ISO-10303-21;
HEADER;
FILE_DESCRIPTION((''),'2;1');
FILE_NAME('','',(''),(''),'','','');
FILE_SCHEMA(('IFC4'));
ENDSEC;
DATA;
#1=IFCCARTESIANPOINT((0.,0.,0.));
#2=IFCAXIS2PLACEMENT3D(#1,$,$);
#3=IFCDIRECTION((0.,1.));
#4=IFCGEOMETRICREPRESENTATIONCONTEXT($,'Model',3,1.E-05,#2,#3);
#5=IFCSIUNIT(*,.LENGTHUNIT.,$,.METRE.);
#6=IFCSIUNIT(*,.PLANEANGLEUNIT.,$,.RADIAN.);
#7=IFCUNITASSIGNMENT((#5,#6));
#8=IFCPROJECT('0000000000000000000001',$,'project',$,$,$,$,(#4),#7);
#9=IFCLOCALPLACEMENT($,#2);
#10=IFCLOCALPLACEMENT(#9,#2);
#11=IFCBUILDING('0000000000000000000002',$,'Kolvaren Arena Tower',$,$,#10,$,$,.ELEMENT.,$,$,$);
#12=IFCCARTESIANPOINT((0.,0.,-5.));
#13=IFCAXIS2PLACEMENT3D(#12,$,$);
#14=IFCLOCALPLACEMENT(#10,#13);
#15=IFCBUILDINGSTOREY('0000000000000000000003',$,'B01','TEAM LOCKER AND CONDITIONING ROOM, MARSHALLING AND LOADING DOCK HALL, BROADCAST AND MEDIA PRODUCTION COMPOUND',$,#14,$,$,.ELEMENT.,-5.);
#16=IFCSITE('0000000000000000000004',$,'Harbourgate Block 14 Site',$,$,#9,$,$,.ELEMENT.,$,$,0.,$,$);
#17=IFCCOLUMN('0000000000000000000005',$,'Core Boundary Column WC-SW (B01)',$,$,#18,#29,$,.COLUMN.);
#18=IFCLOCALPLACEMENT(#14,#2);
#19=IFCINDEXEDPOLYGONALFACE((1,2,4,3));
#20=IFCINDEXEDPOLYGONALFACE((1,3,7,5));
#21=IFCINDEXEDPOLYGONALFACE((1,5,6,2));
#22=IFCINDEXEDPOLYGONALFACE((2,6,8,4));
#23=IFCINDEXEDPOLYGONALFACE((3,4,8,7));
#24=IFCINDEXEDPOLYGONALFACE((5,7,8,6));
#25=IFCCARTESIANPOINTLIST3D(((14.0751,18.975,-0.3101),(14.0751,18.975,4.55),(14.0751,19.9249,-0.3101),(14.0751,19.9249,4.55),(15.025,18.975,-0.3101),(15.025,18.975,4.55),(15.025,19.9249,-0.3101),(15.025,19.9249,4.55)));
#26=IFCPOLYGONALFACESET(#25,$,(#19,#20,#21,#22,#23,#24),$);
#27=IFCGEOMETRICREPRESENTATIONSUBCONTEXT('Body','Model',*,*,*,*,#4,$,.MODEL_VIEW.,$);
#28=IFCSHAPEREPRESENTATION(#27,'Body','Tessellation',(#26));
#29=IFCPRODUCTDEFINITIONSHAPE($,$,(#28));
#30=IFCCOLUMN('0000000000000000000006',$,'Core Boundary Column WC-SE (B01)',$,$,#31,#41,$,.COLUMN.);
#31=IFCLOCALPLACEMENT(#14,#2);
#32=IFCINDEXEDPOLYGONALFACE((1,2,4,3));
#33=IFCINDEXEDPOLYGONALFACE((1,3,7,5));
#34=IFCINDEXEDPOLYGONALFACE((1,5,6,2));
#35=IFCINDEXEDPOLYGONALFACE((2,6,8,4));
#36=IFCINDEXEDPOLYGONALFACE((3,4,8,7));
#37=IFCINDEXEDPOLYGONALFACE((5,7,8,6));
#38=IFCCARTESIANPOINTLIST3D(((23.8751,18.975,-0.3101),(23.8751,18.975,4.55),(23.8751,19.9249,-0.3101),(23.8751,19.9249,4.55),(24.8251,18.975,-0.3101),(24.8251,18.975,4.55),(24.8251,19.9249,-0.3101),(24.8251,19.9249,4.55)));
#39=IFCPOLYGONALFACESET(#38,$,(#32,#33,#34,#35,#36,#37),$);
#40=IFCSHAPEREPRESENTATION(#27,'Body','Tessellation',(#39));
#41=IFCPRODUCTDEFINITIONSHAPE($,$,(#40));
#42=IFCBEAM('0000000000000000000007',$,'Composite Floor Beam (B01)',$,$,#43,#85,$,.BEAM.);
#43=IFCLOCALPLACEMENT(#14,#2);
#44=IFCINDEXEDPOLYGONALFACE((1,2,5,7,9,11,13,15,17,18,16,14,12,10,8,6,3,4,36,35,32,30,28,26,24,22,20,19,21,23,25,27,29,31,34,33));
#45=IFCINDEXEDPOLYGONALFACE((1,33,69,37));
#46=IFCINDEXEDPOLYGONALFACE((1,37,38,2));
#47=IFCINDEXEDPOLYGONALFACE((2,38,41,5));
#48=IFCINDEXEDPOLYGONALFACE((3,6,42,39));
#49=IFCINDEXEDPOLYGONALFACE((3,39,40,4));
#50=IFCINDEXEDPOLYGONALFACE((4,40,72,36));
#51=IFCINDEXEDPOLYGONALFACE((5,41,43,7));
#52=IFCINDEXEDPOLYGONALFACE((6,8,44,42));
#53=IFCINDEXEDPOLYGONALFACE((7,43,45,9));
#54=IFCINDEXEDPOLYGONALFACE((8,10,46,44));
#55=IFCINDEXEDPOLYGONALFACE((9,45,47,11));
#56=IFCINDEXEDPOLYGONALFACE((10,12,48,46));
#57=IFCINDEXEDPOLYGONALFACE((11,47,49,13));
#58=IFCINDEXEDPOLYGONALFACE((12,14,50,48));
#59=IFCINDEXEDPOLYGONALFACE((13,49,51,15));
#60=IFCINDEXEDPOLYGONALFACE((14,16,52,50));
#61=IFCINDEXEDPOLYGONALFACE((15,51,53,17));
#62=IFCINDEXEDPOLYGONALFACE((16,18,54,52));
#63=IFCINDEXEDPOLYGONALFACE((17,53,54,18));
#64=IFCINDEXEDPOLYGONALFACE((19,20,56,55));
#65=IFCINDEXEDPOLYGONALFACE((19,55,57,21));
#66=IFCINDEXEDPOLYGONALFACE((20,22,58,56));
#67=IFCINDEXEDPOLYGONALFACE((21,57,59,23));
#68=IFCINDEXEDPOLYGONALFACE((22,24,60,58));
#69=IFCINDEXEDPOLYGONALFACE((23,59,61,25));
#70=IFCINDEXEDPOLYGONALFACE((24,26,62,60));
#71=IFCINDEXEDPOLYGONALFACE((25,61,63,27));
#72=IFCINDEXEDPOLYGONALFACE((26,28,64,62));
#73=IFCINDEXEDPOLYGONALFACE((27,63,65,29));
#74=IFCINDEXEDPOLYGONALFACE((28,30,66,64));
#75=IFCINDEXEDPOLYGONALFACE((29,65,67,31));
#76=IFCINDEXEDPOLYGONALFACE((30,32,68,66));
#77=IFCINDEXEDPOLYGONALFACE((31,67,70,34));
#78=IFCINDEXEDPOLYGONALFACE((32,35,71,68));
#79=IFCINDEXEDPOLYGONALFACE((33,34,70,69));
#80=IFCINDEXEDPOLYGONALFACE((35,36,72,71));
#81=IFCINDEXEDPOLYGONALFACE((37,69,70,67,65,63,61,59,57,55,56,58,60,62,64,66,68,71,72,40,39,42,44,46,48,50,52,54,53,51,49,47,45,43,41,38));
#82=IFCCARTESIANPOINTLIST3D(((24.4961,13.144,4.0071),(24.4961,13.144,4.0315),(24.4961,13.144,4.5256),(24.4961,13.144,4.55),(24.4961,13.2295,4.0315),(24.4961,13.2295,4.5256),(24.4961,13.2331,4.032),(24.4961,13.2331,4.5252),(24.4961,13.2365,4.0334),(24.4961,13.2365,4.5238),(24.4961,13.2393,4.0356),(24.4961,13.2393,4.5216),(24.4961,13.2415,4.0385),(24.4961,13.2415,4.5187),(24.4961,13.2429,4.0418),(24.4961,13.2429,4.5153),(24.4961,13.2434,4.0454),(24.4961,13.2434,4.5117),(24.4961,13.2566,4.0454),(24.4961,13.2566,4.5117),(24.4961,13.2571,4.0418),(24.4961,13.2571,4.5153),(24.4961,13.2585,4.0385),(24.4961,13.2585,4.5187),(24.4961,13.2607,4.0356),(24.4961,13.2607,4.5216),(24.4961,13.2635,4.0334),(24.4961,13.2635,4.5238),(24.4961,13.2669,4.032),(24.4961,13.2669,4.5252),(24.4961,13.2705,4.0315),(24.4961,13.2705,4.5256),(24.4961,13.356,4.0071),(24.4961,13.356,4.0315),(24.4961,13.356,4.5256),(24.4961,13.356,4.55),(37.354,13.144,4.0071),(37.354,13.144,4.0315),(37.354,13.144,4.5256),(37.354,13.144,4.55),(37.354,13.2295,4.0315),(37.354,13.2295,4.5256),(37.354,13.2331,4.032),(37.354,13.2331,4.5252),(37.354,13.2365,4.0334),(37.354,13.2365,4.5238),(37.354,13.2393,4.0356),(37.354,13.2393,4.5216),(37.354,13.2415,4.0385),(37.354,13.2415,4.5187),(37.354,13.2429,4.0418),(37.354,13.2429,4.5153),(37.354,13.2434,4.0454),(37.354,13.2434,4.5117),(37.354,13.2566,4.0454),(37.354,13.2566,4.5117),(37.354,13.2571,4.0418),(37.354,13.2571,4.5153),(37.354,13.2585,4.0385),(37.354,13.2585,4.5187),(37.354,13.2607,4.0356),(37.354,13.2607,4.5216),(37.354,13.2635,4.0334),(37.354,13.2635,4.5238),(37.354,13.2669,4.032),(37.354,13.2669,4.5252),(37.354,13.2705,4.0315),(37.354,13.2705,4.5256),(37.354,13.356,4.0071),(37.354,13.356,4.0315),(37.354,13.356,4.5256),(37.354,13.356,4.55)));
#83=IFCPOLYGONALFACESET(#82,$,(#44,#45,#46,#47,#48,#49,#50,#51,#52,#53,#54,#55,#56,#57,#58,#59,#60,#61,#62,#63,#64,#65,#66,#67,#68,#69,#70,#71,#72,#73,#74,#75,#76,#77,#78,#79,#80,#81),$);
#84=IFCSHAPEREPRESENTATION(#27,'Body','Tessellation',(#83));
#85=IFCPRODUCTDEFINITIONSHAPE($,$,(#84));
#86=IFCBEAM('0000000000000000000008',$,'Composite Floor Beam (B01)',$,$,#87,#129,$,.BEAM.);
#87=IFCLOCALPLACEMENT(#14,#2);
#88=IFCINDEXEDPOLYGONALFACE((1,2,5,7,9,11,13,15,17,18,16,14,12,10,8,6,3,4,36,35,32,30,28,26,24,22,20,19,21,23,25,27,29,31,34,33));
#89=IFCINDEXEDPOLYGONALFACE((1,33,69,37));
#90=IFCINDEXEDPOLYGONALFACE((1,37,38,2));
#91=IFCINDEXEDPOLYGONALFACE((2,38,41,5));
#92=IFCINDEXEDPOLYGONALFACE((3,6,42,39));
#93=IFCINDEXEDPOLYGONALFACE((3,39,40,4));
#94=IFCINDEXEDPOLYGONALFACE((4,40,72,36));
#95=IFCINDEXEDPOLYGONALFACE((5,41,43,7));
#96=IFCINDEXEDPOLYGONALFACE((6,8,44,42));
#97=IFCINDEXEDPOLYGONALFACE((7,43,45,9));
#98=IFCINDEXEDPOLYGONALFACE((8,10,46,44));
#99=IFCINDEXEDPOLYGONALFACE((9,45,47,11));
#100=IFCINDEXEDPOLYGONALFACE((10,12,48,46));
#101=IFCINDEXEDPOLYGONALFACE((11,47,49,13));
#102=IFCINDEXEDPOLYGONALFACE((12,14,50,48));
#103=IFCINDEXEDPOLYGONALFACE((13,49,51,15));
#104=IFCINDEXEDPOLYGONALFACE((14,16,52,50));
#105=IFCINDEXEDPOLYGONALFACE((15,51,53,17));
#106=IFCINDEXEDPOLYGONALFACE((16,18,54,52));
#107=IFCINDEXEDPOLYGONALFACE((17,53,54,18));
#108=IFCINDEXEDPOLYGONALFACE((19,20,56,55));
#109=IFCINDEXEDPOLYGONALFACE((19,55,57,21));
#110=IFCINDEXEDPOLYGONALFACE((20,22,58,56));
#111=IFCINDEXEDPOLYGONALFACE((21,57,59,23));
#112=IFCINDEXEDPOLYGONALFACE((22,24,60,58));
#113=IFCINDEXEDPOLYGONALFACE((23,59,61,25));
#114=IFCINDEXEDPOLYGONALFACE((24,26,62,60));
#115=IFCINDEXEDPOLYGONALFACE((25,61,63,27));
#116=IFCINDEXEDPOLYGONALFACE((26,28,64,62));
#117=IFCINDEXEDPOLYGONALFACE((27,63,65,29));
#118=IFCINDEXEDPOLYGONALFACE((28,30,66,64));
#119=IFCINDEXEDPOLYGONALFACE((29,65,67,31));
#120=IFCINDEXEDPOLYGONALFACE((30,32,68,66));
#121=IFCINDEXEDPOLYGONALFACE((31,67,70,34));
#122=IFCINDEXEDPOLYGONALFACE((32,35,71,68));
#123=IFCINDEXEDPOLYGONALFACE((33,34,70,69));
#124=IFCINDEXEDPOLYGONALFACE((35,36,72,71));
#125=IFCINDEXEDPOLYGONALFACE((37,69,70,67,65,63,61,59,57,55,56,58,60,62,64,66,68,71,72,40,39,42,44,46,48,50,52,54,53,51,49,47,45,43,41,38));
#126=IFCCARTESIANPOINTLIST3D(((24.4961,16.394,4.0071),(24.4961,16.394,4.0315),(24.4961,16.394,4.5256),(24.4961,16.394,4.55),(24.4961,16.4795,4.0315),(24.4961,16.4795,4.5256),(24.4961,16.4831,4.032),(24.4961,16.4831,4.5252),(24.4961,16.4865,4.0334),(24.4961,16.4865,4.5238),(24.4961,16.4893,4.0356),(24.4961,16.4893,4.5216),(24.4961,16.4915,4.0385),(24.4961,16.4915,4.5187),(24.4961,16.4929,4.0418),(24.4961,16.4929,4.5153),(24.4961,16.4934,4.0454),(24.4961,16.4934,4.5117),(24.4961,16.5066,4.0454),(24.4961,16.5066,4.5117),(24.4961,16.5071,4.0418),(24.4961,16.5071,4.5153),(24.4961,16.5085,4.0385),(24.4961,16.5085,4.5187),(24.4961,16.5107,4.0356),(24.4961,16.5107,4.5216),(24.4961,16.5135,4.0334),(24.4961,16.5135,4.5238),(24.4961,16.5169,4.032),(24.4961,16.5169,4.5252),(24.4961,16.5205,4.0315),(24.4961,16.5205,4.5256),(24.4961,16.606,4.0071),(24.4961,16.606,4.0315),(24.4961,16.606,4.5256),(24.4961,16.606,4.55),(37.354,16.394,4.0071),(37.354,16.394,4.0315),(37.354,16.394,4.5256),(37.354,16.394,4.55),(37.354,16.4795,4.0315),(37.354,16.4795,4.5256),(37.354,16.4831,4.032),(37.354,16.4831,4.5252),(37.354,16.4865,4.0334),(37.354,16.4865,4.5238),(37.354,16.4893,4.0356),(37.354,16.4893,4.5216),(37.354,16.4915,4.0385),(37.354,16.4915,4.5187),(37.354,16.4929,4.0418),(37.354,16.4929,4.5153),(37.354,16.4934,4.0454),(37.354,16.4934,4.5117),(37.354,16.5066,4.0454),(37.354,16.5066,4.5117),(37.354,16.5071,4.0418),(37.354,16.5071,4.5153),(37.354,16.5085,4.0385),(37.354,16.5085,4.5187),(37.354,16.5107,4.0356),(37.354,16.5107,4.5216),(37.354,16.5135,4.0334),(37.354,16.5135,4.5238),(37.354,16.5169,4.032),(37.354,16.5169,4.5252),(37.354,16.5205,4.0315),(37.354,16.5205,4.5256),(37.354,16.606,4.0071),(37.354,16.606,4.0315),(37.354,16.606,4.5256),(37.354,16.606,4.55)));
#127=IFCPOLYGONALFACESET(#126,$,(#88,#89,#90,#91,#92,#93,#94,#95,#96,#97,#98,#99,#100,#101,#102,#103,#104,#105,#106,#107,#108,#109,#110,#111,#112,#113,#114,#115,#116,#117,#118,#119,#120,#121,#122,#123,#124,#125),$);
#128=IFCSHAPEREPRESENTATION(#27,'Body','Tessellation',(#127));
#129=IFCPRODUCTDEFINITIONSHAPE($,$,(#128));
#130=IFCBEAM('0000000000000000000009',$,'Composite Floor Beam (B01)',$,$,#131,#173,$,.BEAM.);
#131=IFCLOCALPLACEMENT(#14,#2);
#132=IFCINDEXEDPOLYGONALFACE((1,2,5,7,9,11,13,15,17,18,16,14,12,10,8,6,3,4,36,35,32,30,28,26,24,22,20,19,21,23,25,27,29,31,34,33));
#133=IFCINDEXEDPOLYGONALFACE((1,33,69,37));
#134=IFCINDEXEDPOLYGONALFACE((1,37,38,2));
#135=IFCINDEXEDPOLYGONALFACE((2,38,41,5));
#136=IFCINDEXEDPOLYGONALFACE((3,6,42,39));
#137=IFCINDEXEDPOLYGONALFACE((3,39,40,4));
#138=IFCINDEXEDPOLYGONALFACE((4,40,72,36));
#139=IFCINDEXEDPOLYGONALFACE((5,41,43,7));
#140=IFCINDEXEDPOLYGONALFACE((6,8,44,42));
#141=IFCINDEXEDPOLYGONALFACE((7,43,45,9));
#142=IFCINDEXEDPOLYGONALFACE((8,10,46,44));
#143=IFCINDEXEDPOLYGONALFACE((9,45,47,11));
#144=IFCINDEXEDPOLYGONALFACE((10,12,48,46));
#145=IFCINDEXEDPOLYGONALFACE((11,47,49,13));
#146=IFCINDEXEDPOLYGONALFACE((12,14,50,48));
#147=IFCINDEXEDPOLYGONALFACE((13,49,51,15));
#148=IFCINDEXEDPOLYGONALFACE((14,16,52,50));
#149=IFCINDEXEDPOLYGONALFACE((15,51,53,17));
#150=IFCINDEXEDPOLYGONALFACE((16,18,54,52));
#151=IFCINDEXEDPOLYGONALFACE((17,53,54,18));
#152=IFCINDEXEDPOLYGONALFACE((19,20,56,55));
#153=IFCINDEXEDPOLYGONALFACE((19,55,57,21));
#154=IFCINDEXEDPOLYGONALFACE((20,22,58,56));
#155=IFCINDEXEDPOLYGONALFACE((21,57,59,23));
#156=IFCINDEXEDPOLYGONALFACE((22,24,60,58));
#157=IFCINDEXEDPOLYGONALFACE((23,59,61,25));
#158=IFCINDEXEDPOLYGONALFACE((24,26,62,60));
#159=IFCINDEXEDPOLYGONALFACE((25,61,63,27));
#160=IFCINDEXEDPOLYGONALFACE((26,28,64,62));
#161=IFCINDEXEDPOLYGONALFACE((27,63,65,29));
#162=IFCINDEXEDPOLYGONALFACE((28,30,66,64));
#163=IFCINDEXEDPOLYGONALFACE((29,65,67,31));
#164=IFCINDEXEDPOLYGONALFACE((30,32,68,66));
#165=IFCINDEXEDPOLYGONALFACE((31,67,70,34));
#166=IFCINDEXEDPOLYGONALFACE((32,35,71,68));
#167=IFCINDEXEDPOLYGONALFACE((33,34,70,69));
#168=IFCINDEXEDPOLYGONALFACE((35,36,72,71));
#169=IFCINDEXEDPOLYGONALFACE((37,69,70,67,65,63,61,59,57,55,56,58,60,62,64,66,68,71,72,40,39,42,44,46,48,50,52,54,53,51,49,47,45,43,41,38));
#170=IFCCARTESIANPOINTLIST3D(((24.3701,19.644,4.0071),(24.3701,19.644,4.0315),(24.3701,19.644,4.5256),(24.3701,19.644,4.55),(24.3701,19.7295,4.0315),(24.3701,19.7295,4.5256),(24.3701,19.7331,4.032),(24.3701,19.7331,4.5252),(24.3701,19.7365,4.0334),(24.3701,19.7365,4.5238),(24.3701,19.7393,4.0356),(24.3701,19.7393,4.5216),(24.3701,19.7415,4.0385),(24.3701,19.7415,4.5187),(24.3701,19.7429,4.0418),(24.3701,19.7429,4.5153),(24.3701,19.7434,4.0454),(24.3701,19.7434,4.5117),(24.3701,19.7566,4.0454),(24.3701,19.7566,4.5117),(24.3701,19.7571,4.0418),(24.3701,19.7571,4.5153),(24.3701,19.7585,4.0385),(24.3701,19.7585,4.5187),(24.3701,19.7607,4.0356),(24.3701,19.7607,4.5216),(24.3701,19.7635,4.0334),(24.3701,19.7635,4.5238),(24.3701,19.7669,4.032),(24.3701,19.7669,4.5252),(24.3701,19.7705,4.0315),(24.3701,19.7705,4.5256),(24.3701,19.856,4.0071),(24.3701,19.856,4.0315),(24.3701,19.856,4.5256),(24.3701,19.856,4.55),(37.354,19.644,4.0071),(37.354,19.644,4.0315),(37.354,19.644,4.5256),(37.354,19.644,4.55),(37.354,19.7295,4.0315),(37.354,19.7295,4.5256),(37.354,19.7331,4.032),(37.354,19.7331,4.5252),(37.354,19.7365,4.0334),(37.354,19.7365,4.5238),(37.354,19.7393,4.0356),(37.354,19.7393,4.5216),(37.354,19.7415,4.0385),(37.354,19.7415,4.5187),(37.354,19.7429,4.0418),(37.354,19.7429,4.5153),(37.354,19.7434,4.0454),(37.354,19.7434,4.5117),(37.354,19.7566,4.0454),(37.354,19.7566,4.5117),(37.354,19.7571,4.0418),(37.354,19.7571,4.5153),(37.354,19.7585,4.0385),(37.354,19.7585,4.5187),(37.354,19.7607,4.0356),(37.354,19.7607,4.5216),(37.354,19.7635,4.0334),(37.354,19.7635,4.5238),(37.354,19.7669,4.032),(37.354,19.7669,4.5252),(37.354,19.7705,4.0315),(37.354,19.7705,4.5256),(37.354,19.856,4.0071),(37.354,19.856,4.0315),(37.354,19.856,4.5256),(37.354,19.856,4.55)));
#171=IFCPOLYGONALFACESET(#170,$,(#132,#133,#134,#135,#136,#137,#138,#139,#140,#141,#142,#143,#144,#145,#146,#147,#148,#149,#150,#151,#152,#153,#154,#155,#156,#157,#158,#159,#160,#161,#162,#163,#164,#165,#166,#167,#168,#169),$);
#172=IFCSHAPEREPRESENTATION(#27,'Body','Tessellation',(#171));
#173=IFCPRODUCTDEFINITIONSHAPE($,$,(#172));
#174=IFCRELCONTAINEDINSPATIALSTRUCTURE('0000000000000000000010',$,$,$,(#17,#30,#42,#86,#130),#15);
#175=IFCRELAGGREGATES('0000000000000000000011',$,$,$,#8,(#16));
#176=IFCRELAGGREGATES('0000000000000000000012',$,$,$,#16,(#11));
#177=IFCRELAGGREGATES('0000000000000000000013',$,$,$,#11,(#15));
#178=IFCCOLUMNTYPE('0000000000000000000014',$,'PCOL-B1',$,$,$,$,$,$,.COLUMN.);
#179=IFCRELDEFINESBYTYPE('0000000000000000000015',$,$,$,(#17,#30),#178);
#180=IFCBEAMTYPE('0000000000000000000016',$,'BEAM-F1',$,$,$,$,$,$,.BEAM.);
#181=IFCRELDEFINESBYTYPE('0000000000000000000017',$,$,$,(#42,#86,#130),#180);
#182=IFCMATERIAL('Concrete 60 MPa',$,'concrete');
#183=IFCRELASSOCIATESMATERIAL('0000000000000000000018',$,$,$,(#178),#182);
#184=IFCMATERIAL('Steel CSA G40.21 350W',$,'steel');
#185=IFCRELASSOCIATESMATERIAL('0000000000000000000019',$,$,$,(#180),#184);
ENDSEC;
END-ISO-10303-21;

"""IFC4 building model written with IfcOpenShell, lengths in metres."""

from ifc_helpers import new_model, si_unit, direction, frame, origin, origin_2d, place, context, subcontext, project, spatial, rectangle, i_section, extrude, material, material_profile, profile_set, type_object, element, save


model = new_model("IFC4")

# Units and contexts
model_context = context("Model", 3, precision=1e-05, world=origin(), true_north=direction((0.0, 1.0)))
body_context = subcontext(model_context, "Body", "Model", "MODEL_VIEW")
ifc_project = project(units=[si_unit("LENGTHUNIT", "METRE"), si_unit("PLANEANGLEUNIT", "RADIAN")], contexts=[model_context])

# Site, building, storey
site_placement = place(None, origin())
site = spatial("IfcSite", under=ifc_project, at=site_placement, Name="Harbourgate Block 14 Site", CompositionType="ELEMENT", RefElevation=0.0)
building_placement = place(site_placement, origin())
building = spatial("IfcBuilding", under=site, at=building_placement, Name="Kolvaren Arena Tower", CompositionType="ELEMENT")
storey_placement = place(building_placement, frame((0.0, 0.0, -5.0)))
storey = spatial("IfcBuildingStorey", under=building, at=storey_placement, Name="B01", Description="TEAM LOCKER AND CONDITIONING ROOM, MARSHALLING AND LOADING DOCK HALL, BROADCAST AND MEDIA PRODUCTION COMPOUND", CompositionType="ELEMENT", Elevation=-5.0)

# Columns
ifc_material_1 = material(Name="Concrete 60 MPa", Category="concrete")
ifc_material_profile_1 = material_profile(ifc_material_1, rectangle(XDim=0.95, YDim=0.95, at=origin_2d()), Name="RC-950x950")
ifc_profile_set_1 = profile_set([ifc_material_profile_1], Name="Concrete 60 MPa")
column_type = type_object("IfcColumnType", Name="PCOL-B1", PredefinedType="COLUMN", material=ifc_profile_set_1)
for number, where, z_axis, x_axis, name in (
    (1, (14.55, 19.45, -0.3101), (0.0, 0.0, 1.0), (1.0, 0.0, 0.0), "Core Boundary Column WC-SW (B01)"),
    (2, (24.3501, 19.45, -0.3101), (0.0, 0.0, 1.0), (1.0, 0.0, 0.0), "Core Boundary Column WC-SE (B01)"),
):
    element("IfcColumn", number, at=place(storey_placement, frame(where, z_axis=z_axis, x_axis=x_axis)), inside=storey, type_object=column_type, Name=name, PredefinedType="COLUMN", context=body_context, shape_type="SweptSolid", body=[
        extrude(rectangle(XDim=0.95, YDim=0.95, at=origin_2d()), origin(), (0.0, 0.0, 1.0), 4.8601),
    ])

# Beams
ifc_material_2 = material(Name="Steel CSA G40.21 350W", Category="steel")
ifc_material_profile_2 = material_profile(ifc_material_2, i_section(OverallWidth=0.2119, OverallDepth=0.543, WebThickness=0.0132, FlangeThickness=0.0244, FilletRadius=0.0139, at=origin_2d()), Name="W530x150")
ifc_profile_set_2 = profile_set([ifc_material_profile_2], Name="Steel CSA G40.21 350W")
beam_type_1 = type_object("IfcBeamType", Name="BEAM-F1", PredefinedType="BEAM", material=ifc_profile_set_2)
for number, where, z_axis, x_axis, name in (
    (3, (24.4961, 13.25, 4.2786), (1.0, 0.0, 0.0), (0.0, 1.0, 0.0), "Composite Floor Beam (B01)"),
    (4, (24.4961, 16.5, 4.2786), (1.0, 0.0, 0.0), (0.0, 1.0, 0.0), "Composite Floor Beam (B01)"),
):
    element("IfcBeam", number, at=place(storey_placement, frame(where, z_axis=z_axis, x_axis=x_axis)), inside=storey, type_object=beam_type_1, Name=name, PredefinedType="BEAM", context=body_context, shape_type="SweptSolid", body=[
        extrude(i_section(OverallWidth=0.2119, OverallDepth=0.543, WebThickness=0.0132, FlangeThickness=0.0244, FilletRadius=0.0139, at=origin_2d()), origin(), (0.0, 0.0, 1.0), 12.8579),
    ])
beam_1_placement = place(storey_placement, frame((24.3701, 19.75, 4.2786), z_axis=(1.0, 0.0, 0.0), x_axis=(0.0, 1.0, 0.0)))
element("IfcBeam", 5, at=beam_1_placement, inside=storey, type_object=beam_type_1, Name="Composite Floor Beam (B01)", PredefinedType="BEAM", context=body_context, shape_type="SweptSolid", body=[
    extrude(i_section(OverallWidth=0.2119, OverallDepth=0.543, WebThickness=0.0132, FlangeThickness=0.0244, FilletRadius=0.0139, at=origin_2d()), origin(), (0.0, 0.0, 1.0), 12.9839),
])

save(model, "model.ifc")
